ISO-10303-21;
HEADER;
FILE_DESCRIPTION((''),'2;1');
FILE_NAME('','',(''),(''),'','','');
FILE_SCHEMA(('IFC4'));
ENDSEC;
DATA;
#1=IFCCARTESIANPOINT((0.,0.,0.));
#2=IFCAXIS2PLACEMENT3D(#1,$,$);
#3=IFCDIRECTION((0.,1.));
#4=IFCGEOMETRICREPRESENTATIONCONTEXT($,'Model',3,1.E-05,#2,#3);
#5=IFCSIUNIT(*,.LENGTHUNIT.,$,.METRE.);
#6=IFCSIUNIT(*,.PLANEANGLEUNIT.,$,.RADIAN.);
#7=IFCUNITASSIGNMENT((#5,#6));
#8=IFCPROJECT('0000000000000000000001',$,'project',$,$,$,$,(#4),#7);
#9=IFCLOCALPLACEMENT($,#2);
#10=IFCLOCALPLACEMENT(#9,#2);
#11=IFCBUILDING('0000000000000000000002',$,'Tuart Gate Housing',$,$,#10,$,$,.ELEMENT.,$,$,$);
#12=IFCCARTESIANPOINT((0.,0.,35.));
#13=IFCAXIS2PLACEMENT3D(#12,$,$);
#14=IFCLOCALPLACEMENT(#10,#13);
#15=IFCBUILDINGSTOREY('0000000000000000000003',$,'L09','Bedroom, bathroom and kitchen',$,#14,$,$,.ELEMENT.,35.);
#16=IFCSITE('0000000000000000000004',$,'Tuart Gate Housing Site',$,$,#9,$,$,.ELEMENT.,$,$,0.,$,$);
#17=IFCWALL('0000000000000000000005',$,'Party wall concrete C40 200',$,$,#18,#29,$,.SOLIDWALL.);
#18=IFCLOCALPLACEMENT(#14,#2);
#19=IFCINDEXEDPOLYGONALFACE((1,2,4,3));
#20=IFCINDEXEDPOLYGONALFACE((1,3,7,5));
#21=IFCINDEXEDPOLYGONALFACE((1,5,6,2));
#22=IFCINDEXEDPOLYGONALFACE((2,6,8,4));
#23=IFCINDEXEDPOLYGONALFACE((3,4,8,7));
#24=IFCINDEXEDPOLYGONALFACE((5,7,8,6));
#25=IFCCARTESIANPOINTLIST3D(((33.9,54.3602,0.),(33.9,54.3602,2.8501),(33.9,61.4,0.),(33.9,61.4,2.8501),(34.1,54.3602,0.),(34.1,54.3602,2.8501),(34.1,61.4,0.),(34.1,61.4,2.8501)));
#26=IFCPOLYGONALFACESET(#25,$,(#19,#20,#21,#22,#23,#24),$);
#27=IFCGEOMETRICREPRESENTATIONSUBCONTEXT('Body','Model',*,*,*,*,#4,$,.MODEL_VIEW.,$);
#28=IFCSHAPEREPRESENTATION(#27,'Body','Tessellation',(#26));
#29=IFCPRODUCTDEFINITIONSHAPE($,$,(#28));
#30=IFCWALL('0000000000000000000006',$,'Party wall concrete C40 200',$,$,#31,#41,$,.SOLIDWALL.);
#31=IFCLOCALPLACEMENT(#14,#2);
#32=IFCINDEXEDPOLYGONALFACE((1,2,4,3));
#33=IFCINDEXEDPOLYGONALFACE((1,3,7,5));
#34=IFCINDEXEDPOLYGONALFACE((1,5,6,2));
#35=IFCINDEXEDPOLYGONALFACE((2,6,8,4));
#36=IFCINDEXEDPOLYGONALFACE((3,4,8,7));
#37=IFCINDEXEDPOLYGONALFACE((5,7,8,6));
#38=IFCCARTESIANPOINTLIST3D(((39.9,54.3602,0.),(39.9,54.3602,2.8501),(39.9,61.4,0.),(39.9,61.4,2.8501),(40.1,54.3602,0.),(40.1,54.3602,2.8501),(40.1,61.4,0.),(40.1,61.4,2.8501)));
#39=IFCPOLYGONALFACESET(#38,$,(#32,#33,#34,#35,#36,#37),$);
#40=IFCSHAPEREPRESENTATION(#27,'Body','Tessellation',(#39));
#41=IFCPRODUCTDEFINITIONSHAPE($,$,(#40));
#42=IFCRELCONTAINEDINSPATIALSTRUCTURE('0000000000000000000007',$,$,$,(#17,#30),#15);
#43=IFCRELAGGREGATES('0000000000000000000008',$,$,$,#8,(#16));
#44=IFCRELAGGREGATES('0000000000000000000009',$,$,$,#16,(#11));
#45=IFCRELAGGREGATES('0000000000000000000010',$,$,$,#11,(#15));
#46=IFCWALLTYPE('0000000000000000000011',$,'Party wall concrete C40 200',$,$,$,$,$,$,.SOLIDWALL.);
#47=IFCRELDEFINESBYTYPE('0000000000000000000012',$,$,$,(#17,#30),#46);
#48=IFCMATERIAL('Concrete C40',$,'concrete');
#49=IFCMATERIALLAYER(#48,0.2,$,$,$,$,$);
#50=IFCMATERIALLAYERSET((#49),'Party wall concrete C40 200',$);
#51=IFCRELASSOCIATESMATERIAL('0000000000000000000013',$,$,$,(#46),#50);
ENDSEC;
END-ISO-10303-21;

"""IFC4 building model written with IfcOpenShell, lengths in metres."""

from ifc_helpers import new_model, si_unit, direction, frame, frame_2d, origin, place, context, subcontext, project, spatial, rectangle, extrude, material, layer, layer_set, type_object, element, save


model = new_model("IFC4")

# Units and contexts
model_context = context("Model", 3, precision=1e-05, world=origin(), true_north=direction((0.0, 1.0)))
body_context = subcontext(model_context, "Body", "Model", "MODEL_VIEW")
ifc_project = project(units=[si_unit("LENGTHUNIT", "METRE"), si_unit("PLANEANGLEUNIT", "RADIAN")], contexts=[model_context])

# Site, building, storey
site_placement = place(None, origin())
site = spatial("IfcSite", under=ifc_project, at=site_placement, Name="Tuart Gate Housing Site", CompositionType="ELEMENT", RefElevation=0.0)
building_placement = place(site_placement, origin())
building = spatial("IfcBuilding", under=site, at=building_placement, Name="Tuart Gate Housing", CompositionType="ELEMENT")
storey_placement = place(building_placement, frame((0.0, 0.0, 35.0)))
storey = spatial("IfcBuildingStorey", under=building, at=storey_placement, Name="L09", Description="Bedroom, bathroom and kitchen", CompositionType="ELEMENT", Elevation=35.0)

# Walls
ifc_material = material(Name="Concrete C40", Category="concrete")
ifc_layer = layer(ifc_material, 0.2)
ifc_layer_set = layer_set([ifc_layer], Name="Party wall concrete C40 200")
wall_type = type_object("IfcWallType", Name="Party wall concrete C40 200", PredefinedType="SOLIDWALL", material=ifc_layer_set)
for number, where, z_axis, x_axis, name in (
    (1, (34.0, 54.3601, 0.0), (0.0, 0.0, 1.0), (0.0, 1.0, 0.0), "Party wall concrete C40 200"),
    (2, (40.0, 54.3601, 0.0), (0.0, 0.0, 1.0), (0.0, 1.0, 0.0), "Party wall concrete C40 200"),
):
    element("IfcWall", number, at=place(storey_placement, frame(where, z_axis=z_axis, x_axis=x_axis)), inside=storey, type_object=wall_type, Name=name, PredefinedType="SOLIDWALL", context=body_context, shape_type="SweptSolid", body=[
        extrude(rectangle(XDim=7.0398, YDim=0.2, at=frame_2d((3.52, 0.0))), origin(), (0.0, 0.0, 1.0), 2.8501),
    ])

save(model, "model.ifc")
